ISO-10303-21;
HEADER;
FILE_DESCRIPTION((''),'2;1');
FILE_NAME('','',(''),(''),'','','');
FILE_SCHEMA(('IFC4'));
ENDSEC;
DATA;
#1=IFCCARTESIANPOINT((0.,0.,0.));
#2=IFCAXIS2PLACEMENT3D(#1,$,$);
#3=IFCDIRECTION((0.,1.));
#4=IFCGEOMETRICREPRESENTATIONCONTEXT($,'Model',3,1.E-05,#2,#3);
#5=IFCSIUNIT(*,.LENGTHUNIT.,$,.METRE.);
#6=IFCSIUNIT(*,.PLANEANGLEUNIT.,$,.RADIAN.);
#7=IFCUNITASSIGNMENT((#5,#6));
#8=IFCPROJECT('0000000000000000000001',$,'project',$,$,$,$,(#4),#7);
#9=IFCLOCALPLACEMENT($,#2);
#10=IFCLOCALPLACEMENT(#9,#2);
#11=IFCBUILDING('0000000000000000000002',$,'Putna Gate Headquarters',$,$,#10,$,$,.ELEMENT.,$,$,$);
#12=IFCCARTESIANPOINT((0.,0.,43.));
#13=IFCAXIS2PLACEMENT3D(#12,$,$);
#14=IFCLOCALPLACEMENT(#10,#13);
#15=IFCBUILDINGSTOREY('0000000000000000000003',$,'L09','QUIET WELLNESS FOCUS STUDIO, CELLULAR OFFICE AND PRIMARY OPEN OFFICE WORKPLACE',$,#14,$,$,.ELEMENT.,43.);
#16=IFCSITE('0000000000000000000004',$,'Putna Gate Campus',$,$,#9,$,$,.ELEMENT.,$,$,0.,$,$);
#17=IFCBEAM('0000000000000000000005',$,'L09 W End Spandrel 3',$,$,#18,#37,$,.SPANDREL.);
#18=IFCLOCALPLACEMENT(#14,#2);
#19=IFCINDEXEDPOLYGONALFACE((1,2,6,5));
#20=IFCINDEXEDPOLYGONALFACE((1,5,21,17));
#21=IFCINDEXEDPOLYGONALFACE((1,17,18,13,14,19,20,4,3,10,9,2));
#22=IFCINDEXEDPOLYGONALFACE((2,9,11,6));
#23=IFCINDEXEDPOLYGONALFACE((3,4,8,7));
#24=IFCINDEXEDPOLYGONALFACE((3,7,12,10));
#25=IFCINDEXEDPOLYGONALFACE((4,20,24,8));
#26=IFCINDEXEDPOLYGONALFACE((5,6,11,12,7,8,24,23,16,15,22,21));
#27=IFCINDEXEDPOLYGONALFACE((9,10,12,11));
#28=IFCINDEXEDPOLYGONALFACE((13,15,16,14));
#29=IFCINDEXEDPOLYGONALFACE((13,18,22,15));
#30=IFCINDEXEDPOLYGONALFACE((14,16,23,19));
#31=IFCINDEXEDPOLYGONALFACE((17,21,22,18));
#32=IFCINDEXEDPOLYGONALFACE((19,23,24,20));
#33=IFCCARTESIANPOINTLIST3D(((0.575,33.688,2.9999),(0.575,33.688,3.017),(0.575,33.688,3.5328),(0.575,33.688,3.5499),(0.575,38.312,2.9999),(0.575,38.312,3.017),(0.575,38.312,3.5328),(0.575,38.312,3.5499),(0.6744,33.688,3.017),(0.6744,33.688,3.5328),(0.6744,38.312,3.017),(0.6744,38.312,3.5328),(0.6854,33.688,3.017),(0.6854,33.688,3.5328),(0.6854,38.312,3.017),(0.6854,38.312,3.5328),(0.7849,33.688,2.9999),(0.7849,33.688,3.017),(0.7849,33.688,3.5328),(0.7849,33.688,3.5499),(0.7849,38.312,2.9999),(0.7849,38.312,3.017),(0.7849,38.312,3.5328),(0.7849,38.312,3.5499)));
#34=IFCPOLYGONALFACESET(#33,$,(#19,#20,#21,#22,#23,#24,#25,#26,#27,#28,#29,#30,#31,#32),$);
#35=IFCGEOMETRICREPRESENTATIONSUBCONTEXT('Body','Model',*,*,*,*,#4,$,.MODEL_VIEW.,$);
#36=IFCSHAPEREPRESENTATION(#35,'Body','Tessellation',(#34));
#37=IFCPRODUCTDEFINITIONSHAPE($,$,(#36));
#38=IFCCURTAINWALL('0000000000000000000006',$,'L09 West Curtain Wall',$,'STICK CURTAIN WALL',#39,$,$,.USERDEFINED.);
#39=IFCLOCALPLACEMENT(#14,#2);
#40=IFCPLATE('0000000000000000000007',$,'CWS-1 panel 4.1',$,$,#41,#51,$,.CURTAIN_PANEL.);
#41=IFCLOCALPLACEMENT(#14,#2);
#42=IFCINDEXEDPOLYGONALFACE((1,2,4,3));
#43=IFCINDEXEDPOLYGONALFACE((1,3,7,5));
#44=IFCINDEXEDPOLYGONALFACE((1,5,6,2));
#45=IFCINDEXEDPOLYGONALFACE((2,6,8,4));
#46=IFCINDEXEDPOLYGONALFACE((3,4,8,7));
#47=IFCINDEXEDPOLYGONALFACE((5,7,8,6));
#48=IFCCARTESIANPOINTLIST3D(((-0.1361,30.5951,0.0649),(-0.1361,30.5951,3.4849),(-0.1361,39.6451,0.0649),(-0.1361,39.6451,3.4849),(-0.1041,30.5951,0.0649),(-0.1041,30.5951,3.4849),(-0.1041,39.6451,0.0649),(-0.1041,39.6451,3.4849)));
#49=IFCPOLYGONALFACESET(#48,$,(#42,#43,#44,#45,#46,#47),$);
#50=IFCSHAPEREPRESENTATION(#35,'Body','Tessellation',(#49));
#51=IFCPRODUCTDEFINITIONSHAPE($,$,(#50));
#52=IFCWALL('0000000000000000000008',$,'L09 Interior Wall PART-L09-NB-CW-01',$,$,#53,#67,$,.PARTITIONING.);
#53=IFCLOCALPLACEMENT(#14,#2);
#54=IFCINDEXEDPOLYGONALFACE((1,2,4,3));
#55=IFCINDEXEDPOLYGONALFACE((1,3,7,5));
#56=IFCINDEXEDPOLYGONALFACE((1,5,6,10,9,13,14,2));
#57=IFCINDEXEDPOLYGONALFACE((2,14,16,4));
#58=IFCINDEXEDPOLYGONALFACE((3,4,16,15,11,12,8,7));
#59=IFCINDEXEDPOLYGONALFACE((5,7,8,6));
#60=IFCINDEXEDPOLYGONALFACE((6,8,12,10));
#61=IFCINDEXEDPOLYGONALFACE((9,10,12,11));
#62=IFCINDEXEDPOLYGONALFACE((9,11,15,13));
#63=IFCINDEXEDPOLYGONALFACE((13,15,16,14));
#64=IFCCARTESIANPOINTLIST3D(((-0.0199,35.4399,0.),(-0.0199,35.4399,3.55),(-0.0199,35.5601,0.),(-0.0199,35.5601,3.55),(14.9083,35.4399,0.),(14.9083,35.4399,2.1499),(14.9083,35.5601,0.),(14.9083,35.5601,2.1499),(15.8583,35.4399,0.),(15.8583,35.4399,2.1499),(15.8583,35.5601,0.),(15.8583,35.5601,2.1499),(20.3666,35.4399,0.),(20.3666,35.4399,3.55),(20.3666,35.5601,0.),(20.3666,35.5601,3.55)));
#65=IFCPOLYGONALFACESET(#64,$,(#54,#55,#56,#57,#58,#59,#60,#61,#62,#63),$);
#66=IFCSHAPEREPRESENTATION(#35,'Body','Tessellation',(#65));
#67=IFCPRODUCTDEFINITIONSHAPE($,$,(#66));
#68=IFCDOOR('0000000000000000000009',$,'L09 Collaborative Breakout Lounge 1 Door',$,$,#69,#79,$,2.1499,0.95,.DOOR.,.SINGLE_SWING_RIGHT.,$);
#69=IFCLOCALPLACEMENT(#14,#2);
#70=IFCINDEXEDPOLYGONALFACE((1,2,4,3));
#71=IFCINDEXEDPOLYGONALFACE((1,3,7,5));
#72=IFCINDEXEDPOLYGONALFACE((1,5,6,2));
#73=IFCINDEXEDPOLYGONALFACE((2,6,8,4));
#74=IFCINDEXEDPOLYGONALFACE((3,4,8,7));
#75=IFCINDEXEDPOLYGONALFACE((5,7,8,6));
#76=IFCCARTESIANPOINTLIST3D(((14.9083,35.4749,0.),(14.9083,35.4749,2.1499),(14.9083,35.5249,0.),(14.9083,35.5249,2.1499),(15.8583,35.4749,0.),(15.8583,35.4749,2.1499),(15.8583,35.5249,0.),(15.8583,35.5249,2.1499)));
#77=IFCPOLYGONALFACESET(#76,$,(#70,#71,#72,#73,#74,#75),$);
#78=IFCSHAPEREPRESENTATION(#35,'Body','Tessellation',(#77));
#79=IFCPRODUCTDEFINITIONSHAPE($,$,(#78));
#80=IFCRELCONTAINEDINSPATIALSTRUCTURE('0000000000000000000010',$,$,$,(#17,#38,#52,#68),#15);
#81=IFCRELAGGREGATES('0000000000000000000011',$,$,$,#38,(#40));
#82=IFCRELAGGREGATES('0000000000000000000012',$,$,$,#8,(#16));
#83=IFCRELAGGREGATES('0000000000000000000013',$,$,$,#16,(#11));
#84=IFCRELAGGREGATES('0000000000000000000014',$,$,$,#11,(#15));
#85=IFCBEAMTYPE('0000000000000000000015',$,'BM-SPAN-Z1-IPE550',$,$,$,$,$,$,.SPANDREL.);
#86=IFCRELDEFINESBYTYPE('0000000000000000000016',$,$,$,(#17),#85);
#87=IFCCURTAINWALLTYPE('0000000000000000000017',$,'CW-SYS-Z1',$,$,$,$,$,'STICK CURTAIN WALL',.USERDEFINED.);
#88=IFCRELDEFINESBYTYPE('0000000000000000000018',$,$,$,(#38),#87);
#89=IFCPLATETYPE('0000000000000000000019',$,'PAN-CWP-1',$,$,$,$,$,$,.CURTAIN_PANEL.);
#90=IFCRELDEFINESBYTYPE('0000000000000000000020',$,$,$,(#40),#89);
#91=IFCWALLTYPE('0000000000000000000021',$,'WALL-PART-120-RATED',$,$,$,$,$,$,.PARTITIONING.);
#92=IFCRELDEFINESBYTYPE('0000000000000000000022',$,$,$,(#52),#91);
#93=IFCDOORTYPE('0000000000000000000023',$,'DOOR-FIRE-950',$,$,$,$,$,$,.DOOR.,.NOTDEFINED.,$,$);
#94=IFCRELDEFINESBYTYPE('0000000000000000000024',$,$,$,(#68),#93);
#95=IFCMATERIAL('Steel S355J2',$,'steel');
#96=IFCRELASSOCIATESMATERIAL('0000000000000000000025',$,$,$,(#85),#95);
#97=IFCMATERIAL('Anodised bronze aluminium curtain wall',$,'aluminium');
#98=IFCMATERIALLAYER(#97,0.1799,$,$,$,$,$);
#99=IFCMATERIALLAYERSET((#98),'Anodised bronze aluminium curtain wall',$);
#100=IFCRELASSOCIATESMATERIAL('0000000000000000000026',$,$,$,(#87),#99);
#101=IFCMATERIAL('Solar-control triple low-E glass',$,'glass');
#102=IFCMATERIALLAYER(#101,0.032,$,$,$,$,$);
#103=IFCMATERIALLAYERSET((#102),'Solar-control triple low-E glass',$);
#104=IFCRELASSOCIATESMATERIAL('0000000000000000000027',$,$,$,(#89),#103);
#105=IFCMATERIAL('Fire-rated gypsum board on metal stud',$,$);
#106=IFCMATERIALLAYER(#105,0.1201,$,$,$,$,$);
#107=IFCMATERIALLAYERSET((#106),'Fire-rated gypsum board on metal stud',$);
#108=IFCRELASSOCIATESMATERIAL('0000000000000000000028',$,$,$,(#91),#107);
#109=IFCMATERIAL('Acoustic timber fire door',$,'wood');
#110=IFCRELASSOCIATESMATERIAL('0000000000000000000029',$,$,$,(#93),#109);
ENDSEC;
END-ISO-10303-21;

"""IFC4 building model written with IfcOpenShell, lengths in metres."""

from ifc_helpers import new_model, si_unit, direction, frame, frame_2d, origin, origin_2d, place, context, subcontext, project, spatial, rectangle, i_section, extrude, material, layer, layer_set, material_profile, profile_set, type_object, element, fill, aggregate, save


model = new_model("IFC4")

# Units and contexts
model_context = context("Model", 3, precision=1e-05, world=origin(), true_north=direction((0.0, 1.0)))
body_context = subcontext(model_context, "Body", "Model", "MODEL_VIEW")
ifc_project = project(units=[si_unit("LENGTHUNIT", "METRE"), si_unit("PLANEANGLEUNIT", "RADIAN")], contexts=[model_context])

# Site, building, storey
site_placement = place(None, origin())
site = spatial("IfcSite", under=ifc_project, at=site_placement, Name="Putna Gate Campus", CompositionType="ELEMENT", RefElevation=0.0)
building_placement = place(site_placement, origin())
building = spatial("IfcBuilding", under=site, at=building_placement, Name="Putna Gate Headquarters", CompositionType="ELEMENT")
storey_placement = place(building_placement, frame((0.0, 0.0, 43.0)))
storey = spatial("IfcBuildingStorey", under=building, at=storey_placement, Name="L09", Description="QUIET WELLNESS FOCUS STUDIO, CELLULAR OFFICE AND PRIMARY OPEN OFFICE WORKPLACE", CompositionType="ELEMENT", Elevation=43.0)

# Beam
ifc_material_1 = material(Name="Steel S355J2", Category="steel")
ifc_material_profile_1 = material_profile(ifc_material_1, i_section(OverallWidth=0.21, OverallDepth=0.55, WebThickness=0.011, FlangeThickness=0.0171, at=origin_2d()), Name="Steel S355J2")
ifc_profile_set_1 = profile_set([ifc_material_profile_1], Name="Steel S355J2")
beam_type_1 = type_object("IfcBeamType", Name="BM-SPAN-Z1-IPE550", PredefinedType="SPANDREL", material=ifc_profile_set_1)
beam_1_placement = place(storey_placement, frame((0.6799, 33.688, 3.2749), z_axis=(0.0, 1.0, 0.0), x_axis=(-1.0, 0.0, 0.0)))
element("IfcBeam", 1, at=beam_1_placement, inside=storey, type_object=beam_type_1, Name="L09 W End Spandrel 3", PredefinedType="SPANDREL", context=body_context, shape_type="SweptSolid", body=[
    extrude(i_section(OverallWidth=0.21, OverallDepth=0.55, WebThickness=0.011, FlangeThickness=0.0171, at=origin_2d()), origin(), (0.0, 0.0, 1.0), 4.624),
])

# Curtain wall, plate
ifc_material_2 = material(Name="Anodised bronze aluminium curtain wall", Category="aluminium")
ifc_layer_1 = layer(ifc_material_2, 0.1799)
ifc_layer_set_1 = layer_set([ifc_layer_1], Name="Anodised bronze aluminium curtain wall")
curtain_wall_type = type_object("IfcCurtainWallType", Name="CW-SYS-Z1", ElementType="STICK CURTAIN WALL", PredefinedType="USERDEFINED", material=ifc_layer_set_1)
curtain_wall_placement = place(storey_placement, origin())
curtain_wall = element("IfcCurtainWall", 2, at=curtain_wall_placement, inside=storey, type_object=curtain_wall_type, Name="L09 West Curtain Wall", ObjectType="STICK CURTAIN WALL", PredefinedType="USERDEFINED")
ifc_material_3 = material(Name="Solar-control triple low-E glass", Category="glass")
ifc_layer_2 = layer(ifc_material_3, 0.032)
ifc_layer_set_2 = layer_set([ifc_layer_2], Name="Solar-control triple low-E glass")
plate_type = type_object("IfcPlateType", Name="PAN-CWP-1", PredefinedType="CURTAIN_PANEL", material=ifc_layer_set_2)
plate_placement = place(storey_placement, frame((-0.1201, 35.1201, 0.0649), z_axis=(0.0, 0.0, 1.0), x_axis=(0.0, 1.0, 0.0)))
plate = element("IfcPlate", 3, at=plate_placement, type_object=plate_type, Name="CWS-1 panel 4.1", PredefinedType="CURTAIN_PANEL", context=body_context, shape_type="SweptSolid", body=[
    extrude(rectangle(XDim=9.05, YDim=0.032, at=origin_2d()), origin(), (0.0, 0.0, 1.0), 3.4199),
])
aggregate(curtain_wall, [plate])

# Wall, opening, door
ifc_material_4 = material(Name="Fire-rated gypsum board on metal stud")
ifc_layer_3 = layer(ifc_material_4, 0.1201)
ifc_layer_set_3 = layer_set([ifc_layer_3], Name="Fire-rated gypsum board on metal stud")
wall_type_1 = type_object("IfcWallType", Name="WALL-PART-120-RATED", PredefinedType="PARTITIONING", material=ifc_layer_set_3)
wall_1_placement = place(storey_placement, frame((-0.02, 35.5, 0.0), z_axis=(0.0, 0.0, 1.0), x_axis=(1.0, 0.0, 0.0)))
wall_1 = element("IfcWall", 4, at=wall_1_placement, inside=storey, type_object=wall_type_1, Name="L09 Interior Wall PART-L09-NB-CW-01", PredefinedType="PARTITIONING", context=body_context, shape_type="SweptSolid", body=[
    extrude(rectangle(XDim=20.3865, YDim=0.1201, at=frame_2d((10.1934, 0.0))), origin(), (0.0, 0.0, 1.0), 3.55),
])
opening_1_placement = place(wall_1_placement, frame((14.9282, 0.0, 0.0)))
opening_1 = element("IfcOpeningElement", 5, at=opening_1_placement, cuts=wall_1, PredefinedType="OPENING", context=body_context, shape_type="SweptSolid", body=[
    extrude(rectangle(XDim=0.95, YDim=2.1499, at=frame_2d((0.4751, 1.075))), frame((0.0, 0.0701, 0.0), z_axis=(0.0, -1.0, 0.0), x_axis=(1.0, 0.0, 0.0)), (0.0, 0.0, 1.0), 0.1401),
])
ifc_material_5 = material(Name="Acoustic timber fire door", Category="wood")
door_type_1 = type_object("IfcDoorType", Name="DOOR-FIRE-950", OperationType="NOTDEFINED", PredefinedType="DOOR", material=ifc_material_5)
door_1_placement = place(opening_1_placement, origin())
door_1 = element("IfcDoor", 6, at=door_1_placement, inside=storey, type_object=door_type_1, Name="L09 Collaborative Breakout Lounge 1 Door", OperationType="SINGLE_SWING_RIGHT", OverallHeight=2.1499, OverallWidth=0.95, PredefinedType="DOOR", context=body_context, shape_type="SweptSolid", body=[
    extrude(rectangle(XDim=0.95, YDim=2.1499, at=frame_2d((0.4751, 1.075))), frame((0.0, 0.0249, 0.0), z_axis=(0.0, -1.0, 0.0), x_axis=(1.0, 0.0, 0.0)), (0.0, 0.0, 1.0), 0.05),
])
fill(opening_1, door_1)

save(model, "model.ifc")
